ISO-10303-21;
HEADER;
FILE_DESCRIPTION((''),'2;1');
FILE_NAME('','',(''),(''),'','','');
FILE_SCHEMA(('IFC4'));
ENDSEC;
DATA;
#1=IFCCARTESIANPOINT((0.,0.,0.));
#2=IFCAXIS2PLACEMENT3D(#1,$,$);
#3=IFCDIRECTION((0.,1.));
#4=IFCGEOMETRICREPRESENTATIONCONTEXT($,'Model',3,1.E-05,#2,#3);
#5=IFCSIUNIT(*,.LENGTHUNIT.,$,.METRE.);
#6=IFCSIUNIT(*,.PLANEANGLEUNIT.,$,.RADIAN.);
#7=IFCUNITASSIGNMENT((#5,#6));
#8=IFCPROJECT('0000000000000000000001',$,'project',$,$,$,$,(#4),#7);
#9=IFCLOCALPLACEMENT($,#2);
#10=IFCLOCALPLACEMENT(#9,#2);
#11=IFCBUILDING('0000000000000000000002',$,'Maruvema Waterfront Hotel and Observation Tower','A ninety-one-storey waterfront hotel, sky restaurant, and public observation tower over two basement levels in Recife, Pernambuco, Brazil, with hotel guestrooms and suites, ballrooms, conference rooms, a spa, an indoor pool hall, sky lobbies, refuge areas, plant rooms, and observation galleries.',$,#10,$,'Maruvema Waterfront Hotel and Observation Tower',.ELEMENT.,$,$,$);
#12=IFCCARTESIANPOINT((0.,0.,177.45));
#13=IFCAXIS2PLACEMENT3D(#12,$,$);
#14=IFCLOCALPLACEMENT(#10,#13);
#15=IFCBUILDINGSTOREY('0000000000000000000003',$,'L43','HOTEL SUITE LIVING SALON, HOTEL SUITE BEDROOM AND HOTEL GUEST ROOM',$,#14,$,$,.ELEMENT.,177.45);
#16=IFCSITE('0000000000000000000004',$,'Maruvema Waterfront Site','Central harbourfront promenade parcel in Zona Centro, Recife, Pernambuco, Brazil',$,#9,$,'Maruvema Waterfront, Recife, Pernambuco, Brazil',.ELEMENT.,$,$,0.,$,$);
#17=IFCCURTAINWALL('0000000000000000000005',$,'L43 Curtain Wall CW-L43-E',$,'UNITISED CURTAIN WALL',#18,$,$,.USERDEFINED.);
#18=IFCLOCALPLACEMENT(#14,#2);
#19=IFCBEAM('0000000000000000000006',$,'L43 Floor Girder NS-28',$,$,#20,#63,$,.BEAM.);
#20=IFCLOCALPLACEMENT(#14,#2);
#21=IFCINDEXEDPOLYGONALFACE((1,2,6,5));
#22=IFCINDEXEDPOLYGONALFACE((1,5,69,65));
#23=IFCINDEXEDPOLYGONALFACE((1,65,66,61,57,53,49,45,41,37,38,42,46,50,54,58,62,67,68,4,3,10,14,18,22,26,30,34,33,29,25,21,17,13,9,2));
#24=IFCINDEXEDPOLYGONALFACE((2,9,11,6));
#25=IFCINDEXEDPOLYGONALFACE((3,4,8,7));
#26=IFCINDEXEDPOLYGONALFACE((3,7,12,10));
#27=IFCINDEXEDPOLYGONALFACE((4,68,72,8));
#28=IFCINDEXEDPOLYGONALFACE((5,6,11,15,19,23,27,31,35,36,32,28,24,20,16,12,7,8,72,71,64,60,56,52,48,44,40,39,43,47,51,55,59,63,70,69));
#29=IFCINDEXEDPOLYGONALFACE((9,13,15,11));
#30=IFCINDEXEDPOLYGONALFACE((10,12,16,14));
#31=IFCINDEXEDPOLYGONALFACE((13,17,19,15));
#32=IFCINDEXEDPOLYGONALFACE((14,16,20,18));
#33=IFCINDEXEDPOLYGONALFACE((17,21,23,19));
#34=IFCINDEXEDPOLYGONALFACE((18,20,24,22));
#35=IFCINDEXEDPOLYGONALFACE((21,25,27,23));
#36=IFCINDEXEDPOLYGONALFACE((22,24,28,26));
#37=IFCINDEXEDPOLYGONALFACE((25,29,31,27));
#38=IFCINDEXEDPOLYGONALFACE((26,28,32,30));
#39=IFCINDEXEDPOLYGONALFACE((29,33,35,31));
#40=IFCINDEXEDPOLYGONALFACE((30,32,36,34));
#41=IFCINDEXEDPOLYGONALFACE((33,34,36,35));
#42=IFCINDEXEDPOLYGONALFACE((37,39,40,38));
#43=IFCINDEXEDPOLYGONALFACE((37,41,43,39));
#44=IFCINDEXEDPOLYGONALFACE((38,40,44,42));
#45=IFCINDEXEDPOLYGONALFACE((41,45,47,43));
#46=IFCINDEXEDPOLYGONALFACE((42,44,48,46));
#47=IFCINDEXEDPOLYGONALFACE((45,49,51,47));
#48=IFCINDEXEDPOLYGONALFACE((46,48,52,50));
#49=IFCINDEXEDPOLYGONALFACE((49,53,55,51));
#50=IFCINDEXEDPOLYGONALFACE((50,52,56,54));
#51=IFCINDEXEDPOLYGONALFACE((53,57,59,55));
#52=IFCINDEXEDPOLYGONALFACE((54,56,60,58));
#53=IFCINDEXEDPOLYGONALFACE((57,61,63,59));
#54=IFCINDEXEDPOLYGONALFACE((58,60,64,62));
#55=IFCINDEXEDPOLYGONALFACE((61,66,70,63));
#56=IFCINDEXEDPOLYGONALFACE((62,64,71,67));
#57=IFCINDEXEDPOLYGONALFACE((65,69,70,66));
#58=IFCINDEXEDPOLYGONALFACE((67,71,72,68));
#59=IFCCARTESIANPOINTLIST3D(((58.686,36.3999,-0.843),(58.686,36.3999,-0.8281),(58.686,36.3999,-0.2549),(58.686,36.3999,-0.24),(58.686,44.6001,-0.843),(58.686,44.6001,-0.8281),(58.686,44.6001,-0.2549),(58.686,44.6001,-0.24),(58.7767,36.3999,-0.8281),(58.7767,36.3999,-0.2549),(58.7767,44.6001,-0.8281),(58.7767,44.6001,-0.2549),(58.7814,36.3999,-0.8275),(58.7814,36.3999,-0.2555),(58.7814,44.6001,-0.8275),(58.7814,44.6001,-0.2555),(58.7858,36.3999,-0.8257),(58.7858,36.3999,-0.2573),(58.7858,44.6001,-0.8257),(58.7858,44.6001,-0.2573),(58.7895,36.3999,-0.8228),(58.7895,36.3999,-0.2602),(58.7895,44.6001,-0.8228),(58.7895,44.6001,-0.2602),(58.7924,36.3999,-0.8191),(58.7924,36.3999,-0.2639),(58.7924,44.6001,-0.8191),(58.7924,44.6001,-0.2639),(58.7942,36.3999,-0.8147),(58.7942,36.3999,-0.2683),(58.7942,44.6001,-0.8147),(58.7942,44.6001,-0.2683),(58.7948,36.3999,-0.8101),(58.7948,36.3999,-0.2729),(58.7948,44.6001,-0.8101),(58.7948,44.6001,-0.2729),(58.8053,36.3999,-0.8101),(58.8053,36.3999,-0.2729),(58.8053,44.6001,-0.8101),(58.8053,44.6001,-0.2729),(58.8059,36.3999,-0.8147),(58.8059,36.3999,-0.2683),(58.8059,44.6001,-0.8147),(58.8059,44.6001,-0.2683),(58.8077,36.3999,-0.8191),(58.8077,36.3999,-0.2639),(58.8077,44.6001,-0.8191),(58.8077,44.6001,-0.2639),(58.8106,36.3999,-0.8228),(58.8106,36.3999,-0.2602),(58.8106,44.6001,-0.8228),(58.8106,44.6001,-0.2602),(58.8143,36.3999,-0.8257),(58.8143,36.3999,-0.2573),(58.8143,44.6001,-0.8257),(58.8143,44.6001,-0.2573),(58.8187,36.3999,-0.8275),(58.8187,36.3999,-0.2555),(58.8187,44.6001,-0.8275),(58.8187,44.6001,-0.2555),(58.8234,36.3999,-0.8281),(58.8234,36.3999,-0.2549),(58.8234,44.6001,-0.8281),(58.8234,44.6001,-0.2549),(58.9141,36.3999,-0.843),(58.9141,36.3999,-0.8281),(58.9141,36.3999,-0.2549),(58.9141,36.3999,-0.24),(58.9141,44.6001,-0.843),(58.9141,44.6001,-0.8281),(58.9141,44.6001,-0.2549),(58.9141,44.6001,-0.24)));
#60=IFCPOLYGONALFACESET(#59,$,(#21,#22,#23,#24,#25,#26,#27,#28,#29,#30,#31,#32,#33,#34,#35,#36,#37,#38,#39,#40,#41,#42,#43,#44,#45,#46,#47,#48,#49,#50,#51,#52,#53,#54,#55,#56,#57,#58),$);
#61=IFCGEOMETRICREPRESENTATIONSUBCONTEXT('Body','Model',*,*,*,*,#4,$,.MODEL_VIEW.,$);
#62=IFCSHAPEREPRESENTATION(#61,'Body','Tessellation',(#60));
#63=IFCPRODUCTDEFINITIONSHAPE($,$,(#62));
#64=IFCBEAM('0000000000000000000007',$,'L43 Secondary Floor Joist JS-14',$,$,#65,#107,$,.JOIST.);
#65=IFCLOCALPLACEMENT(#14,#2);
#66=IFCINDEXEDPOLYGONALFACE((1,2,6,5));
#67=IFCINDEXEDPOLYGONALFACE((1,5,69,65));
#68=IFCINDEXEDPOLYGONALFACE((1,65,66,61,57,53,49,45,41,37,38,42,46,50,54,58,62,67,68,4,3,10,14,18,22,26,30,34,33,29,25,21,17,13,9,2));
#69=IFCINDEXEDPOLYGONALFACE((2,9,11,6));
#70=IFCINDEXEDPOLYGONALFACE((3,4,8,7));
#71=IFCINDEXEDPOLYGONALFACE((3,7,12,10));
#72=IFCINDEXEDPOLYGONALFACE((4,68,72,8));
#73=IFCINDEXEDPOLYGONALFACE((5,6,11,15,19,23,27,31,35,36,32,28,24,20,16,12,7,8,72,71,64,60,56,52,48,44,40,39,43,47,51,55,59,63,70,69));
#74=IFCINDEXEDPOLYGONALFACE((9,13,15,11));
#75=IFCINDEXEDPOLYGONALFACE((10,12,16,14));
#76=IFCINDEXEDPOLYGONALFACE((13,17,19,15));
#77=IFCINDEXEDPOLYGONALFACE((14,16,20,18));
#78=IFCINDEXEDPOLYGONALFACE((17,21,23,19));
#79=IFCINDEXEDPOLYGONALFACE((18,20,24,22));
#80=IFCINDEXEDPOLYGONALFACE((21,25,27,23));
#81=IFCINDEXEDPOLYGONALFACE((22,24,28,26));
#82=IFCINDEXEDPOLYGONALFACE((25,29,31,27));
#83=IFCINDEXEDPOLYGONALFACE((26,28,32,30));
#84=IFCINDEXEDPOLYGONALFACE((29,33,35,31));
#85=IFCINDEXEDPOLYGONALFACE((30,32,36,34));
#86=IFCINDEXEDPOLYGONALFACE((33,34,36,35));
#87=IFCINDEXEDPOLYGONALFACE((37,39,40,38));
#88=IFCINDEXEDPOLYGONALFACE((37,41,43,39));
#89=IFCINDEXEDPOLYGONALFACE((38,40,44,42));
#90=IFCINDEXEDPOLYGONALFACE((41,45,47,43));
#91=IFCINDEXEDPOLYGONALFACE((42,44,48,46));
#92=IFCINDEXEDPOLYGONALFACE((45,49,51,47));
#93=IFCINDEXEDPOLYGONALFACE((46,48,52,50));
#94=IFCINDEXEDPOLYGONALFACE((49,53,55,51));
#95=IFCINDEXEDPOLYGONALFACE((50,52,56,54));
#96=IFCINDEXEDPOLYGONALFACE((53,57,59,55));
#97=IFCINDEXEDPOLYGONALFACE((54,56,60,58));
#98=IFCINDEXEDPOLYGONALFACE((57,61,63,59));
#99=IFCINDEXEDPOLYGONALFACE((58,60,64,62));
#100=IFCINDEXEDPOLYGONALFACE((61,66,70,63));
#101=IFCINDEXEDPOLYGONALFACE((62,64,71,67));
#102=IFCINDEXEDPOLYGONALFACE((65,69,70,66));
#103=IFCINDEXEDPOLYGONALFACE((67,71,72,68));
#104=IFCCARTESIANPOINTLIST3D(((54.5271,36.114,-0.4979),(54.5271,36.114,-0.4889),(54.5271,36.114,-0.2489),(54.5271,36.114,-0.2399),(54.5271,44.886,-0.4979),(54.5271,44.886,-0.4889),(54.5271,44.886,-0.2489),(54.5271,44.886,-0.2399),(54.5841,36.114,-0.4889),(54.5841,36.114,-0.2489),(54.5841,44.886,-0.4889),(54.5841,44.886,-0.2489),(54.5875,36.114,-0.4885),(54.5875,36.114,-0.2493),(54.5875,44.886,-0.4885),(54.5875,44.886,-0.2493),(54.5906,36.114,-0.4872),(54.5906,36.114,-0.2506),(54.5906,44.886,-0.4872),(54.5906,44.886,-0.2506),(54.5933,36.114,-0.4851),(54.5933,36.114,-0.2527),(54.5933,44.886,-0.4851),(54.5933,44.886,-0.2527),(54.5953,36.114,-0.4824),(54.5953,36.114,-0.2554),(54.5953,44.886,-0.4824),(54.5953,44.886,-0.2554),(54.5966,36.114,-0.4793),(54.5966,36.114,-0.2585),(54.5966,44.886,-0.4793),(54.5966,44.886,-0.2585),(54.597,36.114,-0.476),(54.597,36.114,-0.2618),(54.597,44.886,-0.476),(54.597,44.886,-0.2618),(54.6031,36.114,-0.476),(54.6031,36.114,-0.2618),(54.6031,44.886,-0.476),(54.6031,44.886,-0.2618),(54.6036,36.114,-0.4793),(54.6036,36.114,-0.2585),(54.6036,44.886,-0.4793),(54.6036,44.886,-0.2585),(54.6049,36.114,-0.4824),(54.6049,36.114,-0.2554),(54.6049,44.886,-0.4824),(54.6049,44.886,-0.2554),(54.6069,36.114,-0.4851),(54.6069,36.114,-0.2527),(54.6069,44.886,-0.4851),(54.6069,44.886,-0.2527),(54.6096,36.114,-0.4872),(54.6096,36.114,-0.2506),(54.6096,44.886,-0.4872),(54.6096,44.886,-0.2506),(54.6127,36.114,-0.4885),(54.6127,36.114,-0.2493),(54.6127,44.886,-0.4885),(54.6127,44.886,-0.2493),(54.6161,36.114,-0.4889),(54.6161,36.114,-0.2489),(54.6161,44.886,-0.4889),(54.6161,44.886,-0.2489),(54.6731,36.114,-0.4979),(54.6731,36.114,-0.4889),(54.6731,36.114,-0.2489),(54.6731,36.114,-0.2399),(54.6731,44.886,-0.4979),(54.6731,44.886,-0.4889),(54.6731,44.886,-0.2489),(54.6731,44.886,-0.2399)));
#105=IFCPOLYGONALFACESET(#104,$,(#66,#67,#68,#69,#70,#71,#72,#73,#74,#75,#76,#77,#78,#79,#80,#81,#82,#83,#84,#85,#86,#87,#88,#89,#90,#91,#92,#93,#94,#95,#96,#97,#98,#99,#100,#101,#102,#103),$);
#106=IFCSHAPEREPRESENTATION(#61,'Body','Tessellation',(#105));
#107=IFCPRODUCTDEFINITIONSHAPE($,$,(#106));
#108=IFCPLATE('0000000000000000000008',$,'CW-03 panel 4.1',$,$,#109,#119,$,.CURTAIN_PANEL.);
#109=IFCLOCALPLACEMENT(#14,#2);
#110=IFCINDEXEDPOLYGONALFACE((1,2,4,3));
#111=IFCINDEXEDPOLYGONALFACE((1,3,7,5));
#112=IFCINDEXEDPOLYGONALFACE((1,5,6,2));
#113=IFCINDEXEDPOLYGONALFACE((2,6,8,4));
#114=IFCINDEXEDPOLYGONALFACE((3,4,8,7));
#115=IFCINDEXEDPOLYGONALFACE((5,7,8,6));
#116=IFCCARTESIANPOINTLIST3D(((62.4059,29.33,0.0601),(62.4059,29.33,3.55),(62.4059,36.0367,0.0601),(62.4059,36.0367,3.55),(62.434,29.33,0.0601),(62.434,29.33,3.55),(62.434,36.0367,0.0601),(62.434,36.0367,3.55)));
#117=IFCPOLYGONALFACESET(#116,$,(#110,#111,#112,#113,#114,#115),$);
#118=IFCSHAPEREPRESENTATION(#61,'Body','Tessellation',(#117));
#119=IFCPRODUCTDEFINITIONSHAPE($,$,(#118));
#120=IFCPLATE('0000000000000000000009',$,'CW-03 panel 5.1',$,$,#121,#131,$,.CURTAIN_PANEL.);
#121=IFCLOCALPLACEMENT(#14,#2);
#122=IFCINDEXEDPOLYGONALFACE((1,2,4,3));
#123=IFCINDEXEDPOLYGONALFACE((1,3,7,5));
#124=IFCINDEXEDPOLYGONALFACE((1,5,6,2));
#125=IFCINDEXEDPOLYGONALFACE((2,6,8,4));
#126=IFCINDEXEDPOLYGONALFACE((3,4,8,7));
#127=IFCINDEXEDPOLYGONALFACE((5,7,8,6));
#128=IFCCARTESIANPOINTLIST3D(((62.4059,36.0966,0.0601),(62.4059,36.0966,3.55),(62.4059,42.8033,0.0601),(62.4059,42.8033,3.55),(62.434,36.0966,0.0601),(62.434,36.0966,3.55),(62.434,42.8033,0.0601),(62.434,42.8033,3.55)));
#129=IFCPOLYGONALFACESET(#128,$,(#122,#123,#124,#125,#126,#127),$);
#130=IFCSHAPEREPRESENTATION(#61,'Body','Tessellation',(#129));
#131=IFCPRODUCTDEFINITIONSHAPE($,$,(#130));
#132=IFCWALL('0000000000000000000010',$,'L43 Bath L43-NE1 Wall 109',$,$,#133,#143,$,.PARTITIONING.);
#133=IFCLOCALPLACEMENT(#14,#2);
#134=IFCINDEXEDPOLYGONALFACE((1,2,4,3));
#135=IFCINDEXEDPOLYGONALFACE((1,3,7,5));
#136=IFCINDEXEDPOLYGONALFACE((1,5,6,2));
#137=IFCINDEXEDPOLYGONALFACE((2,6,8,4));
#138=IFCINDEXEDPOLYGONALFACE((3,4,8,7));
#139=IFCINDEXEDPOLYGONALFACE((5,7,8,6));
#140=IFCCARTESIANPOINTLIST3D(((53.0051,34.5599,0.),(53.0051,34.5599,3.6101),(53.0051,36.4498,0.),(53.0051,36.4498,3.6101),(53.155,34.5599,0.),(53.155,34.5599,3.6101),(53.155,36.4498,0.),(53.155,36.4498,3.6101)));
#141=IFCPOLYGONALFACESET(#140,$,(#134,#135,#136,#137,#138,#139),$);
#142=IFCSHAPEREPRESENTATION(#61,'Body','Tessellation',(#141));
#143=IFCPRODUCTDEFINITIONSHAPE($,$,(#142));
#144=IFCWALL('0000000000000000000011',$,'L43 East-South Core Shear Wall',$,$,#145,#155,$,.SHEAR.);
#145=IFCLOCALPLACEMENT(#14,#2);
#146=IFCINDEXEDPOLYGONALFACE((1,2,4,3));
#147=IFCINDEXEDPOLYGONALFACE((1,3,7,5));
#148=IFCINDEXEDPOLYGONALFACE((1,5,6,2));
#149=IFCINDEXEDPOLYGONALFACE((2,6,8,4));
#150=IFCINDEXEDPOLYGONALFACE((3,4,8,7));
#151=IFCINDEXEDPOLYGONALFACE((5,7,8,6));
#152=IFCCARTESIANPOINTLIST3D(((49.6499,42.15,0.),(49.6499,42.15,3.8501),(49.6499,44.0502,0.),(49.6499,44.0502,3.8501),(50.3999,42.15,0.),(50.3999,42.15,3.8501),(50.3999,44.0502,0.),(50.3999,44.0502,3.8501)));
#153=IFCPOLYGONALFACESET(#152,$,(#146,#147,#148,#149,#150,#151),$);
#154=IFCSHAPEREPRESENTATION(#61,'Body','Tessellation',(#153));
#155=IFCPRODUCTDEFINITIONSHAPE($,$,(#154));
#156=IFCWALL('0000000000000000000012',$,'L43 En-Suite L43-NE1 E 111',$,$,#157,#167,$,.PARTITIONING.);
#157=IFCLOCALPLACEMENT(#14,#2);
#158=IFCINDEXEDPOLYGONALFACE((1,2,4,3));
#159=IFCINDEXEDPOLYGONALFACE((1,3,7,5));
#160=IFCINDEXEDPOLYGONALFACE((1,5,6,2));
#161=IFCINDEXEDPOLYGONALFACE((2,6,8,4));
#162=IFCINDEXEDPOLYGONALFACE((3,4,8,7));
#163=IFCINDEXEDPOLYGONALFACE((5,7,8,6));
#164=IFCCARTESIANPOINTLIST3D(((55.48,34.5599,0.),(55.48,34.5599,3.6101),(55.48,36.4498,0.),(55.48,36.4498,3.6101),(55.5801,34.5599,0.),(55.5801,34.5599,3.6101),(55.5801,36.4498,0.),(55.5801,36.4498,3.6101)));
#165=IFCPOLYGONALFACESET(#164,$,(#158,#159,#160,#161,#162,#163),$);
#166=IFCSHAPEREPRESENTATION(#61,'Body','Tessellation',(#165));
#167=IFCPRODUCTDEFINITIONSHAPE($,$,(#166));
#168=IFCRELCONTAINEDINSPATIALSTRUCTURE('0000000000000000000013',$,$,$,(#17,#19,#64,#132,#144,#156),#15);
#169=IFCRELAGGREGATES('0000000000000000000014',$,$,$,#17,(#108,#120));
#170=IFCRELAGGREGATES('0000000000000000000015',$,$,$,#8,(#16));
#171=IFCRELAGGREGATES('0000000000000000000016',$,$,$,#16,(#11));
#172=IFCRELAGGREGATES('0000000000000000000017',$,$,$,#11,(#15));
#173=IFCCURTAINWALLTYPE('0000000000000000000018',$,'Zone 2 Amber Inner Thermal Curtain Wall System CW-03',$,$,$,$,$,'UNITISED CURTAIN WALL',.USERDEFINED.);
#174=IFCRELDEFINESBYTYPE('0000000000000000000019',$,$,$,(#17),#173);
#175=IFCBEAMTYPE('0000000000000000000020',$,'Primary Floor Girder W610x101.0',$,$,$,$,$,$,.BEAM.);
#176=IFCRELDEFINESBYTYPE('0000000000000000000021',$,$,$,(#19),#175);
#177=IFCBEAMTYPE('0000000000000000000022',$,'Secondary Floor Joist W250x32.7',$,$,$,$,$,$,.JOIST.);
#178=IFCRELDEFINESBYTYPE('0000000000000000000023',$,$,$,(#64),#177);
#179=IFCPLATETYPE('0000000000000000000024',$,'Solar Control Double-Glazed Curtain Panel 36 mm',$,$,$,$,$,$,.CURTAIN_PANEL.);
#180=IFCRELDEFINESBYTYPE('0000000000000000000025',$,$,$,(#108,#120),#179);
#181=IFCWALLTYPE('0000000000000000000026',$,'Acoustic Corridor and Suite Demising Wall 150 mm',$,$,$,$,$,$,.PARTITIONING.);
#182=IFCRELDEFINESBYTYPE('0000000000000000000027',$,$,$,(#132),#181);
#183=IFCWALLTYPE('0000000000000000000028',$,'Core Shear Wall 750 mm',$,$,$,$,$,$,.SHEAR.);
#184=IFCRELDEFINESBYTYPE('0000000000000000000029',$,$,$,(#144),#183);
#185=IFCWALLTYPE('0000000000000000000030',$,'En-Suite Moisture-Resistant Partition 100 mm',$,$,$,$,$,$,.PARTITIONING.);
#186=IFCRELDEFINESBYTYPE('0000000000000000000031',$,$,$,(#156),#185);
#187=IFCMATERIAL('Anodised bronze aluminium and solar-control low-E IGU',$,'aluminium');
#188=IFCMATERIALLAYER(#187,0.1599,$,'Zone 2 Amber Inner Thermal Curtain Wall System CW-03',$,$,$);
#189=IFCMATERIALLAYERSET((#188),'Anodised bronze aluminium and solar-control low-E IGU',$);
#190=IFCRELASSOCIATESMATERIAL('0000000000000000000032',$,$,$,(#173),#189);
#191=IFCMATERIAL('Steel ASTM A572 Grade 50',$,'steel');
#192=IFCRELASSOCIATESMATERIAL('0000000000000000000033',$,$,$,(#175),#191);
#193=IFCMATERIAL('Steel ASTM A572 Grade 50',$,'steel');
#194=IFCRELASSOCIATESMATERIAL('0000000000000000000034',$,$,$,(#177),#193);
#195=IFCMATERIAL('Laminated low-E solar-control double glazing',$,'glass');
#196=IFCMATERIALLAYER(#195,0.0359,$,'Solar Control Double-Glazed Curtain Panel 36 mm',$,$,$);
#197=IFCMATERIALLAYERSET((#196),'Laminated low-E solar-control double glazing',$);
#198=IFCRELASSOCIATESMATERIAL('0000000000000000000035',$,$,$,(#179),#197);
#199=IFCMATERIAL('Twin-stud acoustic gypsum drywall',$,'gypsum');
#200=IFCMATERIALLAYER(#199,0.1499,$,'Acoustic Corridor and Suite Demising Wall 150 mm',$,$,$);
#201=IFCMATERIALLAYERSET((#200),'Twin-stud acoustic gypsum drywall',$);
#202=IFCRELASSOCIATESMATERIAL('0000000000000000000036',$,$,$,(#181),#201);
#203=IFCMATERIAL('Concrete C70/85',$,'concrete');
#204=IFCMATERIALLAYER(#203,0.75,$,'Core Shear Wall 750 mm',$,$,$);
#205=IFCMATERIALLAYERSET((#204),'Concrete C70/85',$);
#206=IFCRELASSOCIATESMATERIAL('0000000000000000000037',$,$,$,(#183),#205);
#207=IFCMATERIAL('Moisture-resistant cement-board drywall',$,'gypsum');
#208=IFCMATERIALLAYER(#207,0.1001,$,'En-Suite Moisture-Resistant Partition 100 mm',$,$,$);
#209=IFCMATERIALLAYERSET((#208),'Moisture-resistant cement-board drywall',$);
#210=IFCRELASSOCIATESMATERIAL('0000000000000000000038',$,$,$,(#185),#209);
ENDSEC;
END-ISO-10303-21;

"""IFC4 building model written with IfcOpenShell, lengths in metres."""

from ifc_helpers import new_model, si_unit, direction, frame, frame_2d, origin, origin_2d, place, context, subcontext, project, spatial, rectangle, i_section, extrude, material, layer, layer_set, material_profile, profile_set, type_object, element, aggregate, save


model = new_model("IFC4")

# Units and contexts
model_context = context("Model", 3, precision=1e-05, world=origin(), true_north=direction((0.0, 1.0)))
body_context = subcontext(model_context, "Body", "Model", "MODEL_VIEW")
ifc_project = project(units=[si_unit("LENGTHUNIT", "METRE"), si_unit("PLANEANGLEUNIT", "RADIAN")], contexts=[model_context])

# Site, building, storey
site_placement = place(None, origin())
site = spatial("IfcSite", under=ifc_project, at=site_placement, Name="Maruvema Waterfront Site", Description="Central harbourfront promenade parcel in Zona Centro, Recife, Pernambuco, Brazil", LongName="Maruvema Waterfront, Recife, Pernambuco, Brazil", CompositionType="ELEMENT", RefElevation=0.0)
building_placement = place(site_placement, origin())
building = spatial("IfcBuilding", under=site, at=building_placement, Name="Maruvema Waterfront Hotel and Observation Tower", Description="A ninety-one-storey waterfront hotel, sky restaurant, and public observation tower over two basement levels in Recife, Pernambuco, Brazil, with hotel guestrooms and suites, ballrooms, conference rooms, a spa, an indoor pool hall, sky lobbies, refuge areas, plant rooms, and observation galleries.", LongName="Maruvema Waterfront Hotel and Observation Tower", CompositionType="ELEMENT")
storey_placement = place(building_placement, frame((0.0, 0.0, 177.45)))
storey = spatial("IfcBuildingStorey", under=building, at=storey_placement, Name="L43", Description="HOTEL SUITE LIVING SALON, HOTEL SUITE BEDROOM AND HOTEL GUEST ROOM", CompositionType="ELEMENT", Elevation=177.45)

# Curtain wall
ifc_material_1 = material(Name="Anodised bronze aluminium and solar-control low-E IGU", Category="aluminium")
ifc_layer_1 = layer(ifc_material_1, 0.1599, Name="Zone 2 Amber Inner Thermal Curtain Wall System CW-03")
ifc_layer_set_1 = layer_set([ifc_layer_1], Name="Anodised bronze aluminium and solar-control low-E IGU")
curtain_wall_type = type_object("IfcCurtainWallType", Name="Zone 2 Amber Inner Thermal Curtain Wall System CW-03", ElementType="UNITISED CURTAIN WALL", PredefinedType="USERDEFINED", material=ifc_layer_set_1)
curtain_wall_placement = place(storey_placement, origin())
curtain_wall = element("IfcCurtainWall", 1, at=curtain_wall_placement, inside=storey, type_object=curtain_wall_type, Name="L43 Curtain Wall CW-L43-E", ObjectType="UNITISED CURTAIN WALL", PredefinedType="USERDEFINED")

# Beams
ifc_material_2 = material(Name="Steel ASTM A572 Grade 50", Category="steel")
ifc_material_profile_1 = material_profile(ifc_material_2, i_section(OverallWidth=0.228, OverallDepth=0.603, WebThickness=0.0105, FlangeThickness=0.0149, FilletRadius=0.0181, at=origin_2d()), Name="W610x101.0")
ifc_profile_set_1 = profile_set([ifc_material_profile_1], Name="Steel ASTM A572 Grade 50")
beam_type_1 = type_object("IfcBeamType", Name="Primary Floor Girder W610x101.0", PredefinedType="BEAM", material=ifc_profile_set_1)
beam_1_placement = place(storey_placement, frame((58.8, 36.3999, -0.5415), z_axis=(0.0, 1.0, 0.0), x_axis=(-1.0, 0.0, 0.0)))
element("IfcBeam", 2, at=beam_1_placement, inside=storey, type_object=beam_type_1, Name="L43 Floor Girder NS-28", PredefinedType="BEAM", context=body_context, shape_type="SweptSolid", body=[
    extrude(i_section(OverallWidth=0.228, OverallDepth=0.603, WebThickness=0.0105, FlangeThickness=0.0149, FilletRadius=0.0181, at=origin_2d()), origin(), (0.0, 0.0, 1.0), 8.2002),
])
ifc_material_3 = material(Name="Steel ASTM A572 Grade 50", Category="steel")
ifc_material_profile_2 = material_profile(ifc_material_3, i_section(OverallWidth=0.146, OverallDepth=0.2581, WebThickness=0.0061, FlangeThickness=0.009, FilletRadius=0.0129, at=origin_2d()), Name="W250x32.7")
ifc_profile_set_2 = profile_set([ifc_material_profile_2], Name="Steel ASTM A572 Grade 50")
beam_type_2 = type_object("IfcBeamType", Name="Secondary Floor Joist W250x32.7", PredefinedType="JOIST", material=ifc_profile_set_2)
beam_2_placement = place(storey_placement, frame((54.6001, 36.114, -0.3689), z_axis=(0.0, 1.0, 0.0), x_axis=(-1.0, 0.0, 0.0)))
element("IfcBeam", 3, at=beam_2_placement, inside=storey, type_object=beam_type_2, Name="L43 Secondary Floor Joist JS-14", PredefinedType="JOIST", context=body_context, shape_type="SweptSolid", body=[
    extrude(i_section(OverallWidth=0.146, OverallDepth=0.2581, WebThickness=0.0061, FlangeThickness=0.009, FilletRadius=0.0129, at=origin_2d()), origin(), (0.0, 0.0, 1.0), 8.772),
])

# Plates
ifc_material_4 = material(Name="Laminated low-E solar-control double glazing", Category="glass")
ifc_layer_2 = layer(ifc_material_4, 0.0359, Name="Solar Control Double-Glazed Curtain Panel 36 mm")
ifc_layer_set_2 = layer_set([ifc_layer_2], Name="Laminated low-E solar-control double glazing")
plate_type = type_object("IfcPlateType", Name="Solar Control Double-Glazed Curtain Panel 36 mm", PredefinedType="CURTAIN_PANEL", material=ifc_layer_set_2)
plate_1_placement = place(storey_placement, frame((62.4199, 32.6833, 0.0601), z_axis=(0.0, 0.0, 1.0), x_axis=(0.0, 1.0, 0.0)))
plate_1 = element("IfcPlate", 4, at=plate_1_placement, type_object=plate_type, Name="CW-03 panel 4.1", PredefinedType="CURTAIN_PANEL", context=body_context, shape_type="SweptSolid", body=[
    extrude(rectangle(XDim=6.7068, YDim=0.0281, at=origin_2d()), origin(), (0.0, 0.0, 1.0), 3.49),
])
plate_2_placement = place(storey_placement, frame((62.4199, 39.45, 0.0601), z_axis=(0.0, 0.0, 1.0), x_axis=(0.0, 1.0, 0.0)))
plate_2 = element("IfcPlate", 5, at=plate_2_placement, type_object=plate_type, Name="CW-03 panel 5.1", PredefinedType="CURTAIN_PANEL", context=body_context, shape_type="SweptSolid", body=[
    extrude(rectangle(XDim=6.7068, YDim=0.0281, at=origin_2d()), origin(), (0.0, 0.0, 1.0), 3.49),
])
aggregate(curtain_wall, [plate_1, plate_2])

# Wall
ifc_material_5 = material(Name="Twin-stud acoustic gypsum drywall", Category="gypsum")
ifc_layer_3 = layer(ifc_material_5, 0.1499, Name="Acoustic Corridor and Suite Demising Wall 150 mm")
ifc_layer_set_3 = layer_set([ifc_layer_3], Name="Twin-stud acoustic gypsum drywall")
wall_type_1 = type_object("IfcWallType", Name="Acoustic Corridor and Suite Demising Wall 150 mm", PredefinedType="PARTITIONING", material=ifc_layer_set_3)
wall_1_placement = place(storey_placement, frame((53.0801, 34.5601, 0.0), z_axis=(0.0, 0.0, 1.0), x_axis=(0.0, 1.0, 0.0)))
element("IfcWall", 6, at=wall_1_placement, inside=storey, type_object=wall_type_1, Name="L43 Bath L43-NE1 Wall 109", PredefinedType="PARTITIONING", context=body_context, shape_type="SweptSolid", body=[
    extrude(rectangle(XDim=1.8899, YDim=0.1499, at=frame_2d((0.9448, 0.0))), origin(), (0.0, 0.0, 1.0), 3.6101),
])

# Walls
ifc_material_6 = material(Name="Concrete C70/85", Category="concrete")
ifc_layer_4 = layer(ifc_material_6, 0.75, Name="Core Shear Wall 750 mm")
ifc_layer_set_4 = layer_set([ifc_layer_4], Name="Concrete C70/85")
wall_type_2 = type_object("IfcWallType", Name="Core Shear Wall 750 mm", PredefinedType="SHEAR", material=ifc_layer_set_4)
wall_2_placement = place(storey_placement, frame((50.0249, 42.1499, 0.0), z_axis=(0.0, 0.0, 1.0), x_axis=(0.0, 1.0, 0.0)))
element("IfcWall", 7, at=wall_2_placement, inside=storey, type_object=wall_type_2, Name="L43 East-South Core Shear Wall", PredefinedType="SHEAR", context=body_context, shape_type="SweptSolid", body=[
    extrude(rectangle(XDim=1.9001, YDim=0.75, at=frame_2d((0.9502, 0.0))), origin(), (0.0, 0.0, 1.0), 3.8501),
])
ifc_material_7 = material(Name="Moisture-resistant cement-board drywall", Category="gypsum")
ifc_layer_5 = layer(ifc_material_7, 0.1001, Name="En-Suite Moisture-Resistant Partition 100 mm")
ifc_layer_set_5 = layer_set([ifc_layer_5], Name="Moisture-resistant cement-board drywall")
wall_type_3 = type_object("IfcWallType", Name="En-Suite Moisture-Resistant Partition 100 mm", PredefinedType="PARTITIONING", material=ifc_layer_set_5)
wall_3_placement = place(storey_placement, frame((55.53, 34.5601, 0.0), z_axis=(0.0, 0.0, 1.0), x_axis=(0.0, 1.0, 0.0)))
element("IfcWall", 8, at=wall_3_placement, inside=storey, type_object=wall_type_3, Name="L43 En-Suite L43-NE1 E 111", PredefinedType="PARTITIONING", context=body_context, shape_type="SweptSolid", body=[
    extrude(rectangle(XDim=1.8899, YDim=0.1001, at=frame_2d((0.9448, 0.0))), origin(), (0.0, 0.0, 1.0), 3.6101),
])

save(model, "model.ifc")
